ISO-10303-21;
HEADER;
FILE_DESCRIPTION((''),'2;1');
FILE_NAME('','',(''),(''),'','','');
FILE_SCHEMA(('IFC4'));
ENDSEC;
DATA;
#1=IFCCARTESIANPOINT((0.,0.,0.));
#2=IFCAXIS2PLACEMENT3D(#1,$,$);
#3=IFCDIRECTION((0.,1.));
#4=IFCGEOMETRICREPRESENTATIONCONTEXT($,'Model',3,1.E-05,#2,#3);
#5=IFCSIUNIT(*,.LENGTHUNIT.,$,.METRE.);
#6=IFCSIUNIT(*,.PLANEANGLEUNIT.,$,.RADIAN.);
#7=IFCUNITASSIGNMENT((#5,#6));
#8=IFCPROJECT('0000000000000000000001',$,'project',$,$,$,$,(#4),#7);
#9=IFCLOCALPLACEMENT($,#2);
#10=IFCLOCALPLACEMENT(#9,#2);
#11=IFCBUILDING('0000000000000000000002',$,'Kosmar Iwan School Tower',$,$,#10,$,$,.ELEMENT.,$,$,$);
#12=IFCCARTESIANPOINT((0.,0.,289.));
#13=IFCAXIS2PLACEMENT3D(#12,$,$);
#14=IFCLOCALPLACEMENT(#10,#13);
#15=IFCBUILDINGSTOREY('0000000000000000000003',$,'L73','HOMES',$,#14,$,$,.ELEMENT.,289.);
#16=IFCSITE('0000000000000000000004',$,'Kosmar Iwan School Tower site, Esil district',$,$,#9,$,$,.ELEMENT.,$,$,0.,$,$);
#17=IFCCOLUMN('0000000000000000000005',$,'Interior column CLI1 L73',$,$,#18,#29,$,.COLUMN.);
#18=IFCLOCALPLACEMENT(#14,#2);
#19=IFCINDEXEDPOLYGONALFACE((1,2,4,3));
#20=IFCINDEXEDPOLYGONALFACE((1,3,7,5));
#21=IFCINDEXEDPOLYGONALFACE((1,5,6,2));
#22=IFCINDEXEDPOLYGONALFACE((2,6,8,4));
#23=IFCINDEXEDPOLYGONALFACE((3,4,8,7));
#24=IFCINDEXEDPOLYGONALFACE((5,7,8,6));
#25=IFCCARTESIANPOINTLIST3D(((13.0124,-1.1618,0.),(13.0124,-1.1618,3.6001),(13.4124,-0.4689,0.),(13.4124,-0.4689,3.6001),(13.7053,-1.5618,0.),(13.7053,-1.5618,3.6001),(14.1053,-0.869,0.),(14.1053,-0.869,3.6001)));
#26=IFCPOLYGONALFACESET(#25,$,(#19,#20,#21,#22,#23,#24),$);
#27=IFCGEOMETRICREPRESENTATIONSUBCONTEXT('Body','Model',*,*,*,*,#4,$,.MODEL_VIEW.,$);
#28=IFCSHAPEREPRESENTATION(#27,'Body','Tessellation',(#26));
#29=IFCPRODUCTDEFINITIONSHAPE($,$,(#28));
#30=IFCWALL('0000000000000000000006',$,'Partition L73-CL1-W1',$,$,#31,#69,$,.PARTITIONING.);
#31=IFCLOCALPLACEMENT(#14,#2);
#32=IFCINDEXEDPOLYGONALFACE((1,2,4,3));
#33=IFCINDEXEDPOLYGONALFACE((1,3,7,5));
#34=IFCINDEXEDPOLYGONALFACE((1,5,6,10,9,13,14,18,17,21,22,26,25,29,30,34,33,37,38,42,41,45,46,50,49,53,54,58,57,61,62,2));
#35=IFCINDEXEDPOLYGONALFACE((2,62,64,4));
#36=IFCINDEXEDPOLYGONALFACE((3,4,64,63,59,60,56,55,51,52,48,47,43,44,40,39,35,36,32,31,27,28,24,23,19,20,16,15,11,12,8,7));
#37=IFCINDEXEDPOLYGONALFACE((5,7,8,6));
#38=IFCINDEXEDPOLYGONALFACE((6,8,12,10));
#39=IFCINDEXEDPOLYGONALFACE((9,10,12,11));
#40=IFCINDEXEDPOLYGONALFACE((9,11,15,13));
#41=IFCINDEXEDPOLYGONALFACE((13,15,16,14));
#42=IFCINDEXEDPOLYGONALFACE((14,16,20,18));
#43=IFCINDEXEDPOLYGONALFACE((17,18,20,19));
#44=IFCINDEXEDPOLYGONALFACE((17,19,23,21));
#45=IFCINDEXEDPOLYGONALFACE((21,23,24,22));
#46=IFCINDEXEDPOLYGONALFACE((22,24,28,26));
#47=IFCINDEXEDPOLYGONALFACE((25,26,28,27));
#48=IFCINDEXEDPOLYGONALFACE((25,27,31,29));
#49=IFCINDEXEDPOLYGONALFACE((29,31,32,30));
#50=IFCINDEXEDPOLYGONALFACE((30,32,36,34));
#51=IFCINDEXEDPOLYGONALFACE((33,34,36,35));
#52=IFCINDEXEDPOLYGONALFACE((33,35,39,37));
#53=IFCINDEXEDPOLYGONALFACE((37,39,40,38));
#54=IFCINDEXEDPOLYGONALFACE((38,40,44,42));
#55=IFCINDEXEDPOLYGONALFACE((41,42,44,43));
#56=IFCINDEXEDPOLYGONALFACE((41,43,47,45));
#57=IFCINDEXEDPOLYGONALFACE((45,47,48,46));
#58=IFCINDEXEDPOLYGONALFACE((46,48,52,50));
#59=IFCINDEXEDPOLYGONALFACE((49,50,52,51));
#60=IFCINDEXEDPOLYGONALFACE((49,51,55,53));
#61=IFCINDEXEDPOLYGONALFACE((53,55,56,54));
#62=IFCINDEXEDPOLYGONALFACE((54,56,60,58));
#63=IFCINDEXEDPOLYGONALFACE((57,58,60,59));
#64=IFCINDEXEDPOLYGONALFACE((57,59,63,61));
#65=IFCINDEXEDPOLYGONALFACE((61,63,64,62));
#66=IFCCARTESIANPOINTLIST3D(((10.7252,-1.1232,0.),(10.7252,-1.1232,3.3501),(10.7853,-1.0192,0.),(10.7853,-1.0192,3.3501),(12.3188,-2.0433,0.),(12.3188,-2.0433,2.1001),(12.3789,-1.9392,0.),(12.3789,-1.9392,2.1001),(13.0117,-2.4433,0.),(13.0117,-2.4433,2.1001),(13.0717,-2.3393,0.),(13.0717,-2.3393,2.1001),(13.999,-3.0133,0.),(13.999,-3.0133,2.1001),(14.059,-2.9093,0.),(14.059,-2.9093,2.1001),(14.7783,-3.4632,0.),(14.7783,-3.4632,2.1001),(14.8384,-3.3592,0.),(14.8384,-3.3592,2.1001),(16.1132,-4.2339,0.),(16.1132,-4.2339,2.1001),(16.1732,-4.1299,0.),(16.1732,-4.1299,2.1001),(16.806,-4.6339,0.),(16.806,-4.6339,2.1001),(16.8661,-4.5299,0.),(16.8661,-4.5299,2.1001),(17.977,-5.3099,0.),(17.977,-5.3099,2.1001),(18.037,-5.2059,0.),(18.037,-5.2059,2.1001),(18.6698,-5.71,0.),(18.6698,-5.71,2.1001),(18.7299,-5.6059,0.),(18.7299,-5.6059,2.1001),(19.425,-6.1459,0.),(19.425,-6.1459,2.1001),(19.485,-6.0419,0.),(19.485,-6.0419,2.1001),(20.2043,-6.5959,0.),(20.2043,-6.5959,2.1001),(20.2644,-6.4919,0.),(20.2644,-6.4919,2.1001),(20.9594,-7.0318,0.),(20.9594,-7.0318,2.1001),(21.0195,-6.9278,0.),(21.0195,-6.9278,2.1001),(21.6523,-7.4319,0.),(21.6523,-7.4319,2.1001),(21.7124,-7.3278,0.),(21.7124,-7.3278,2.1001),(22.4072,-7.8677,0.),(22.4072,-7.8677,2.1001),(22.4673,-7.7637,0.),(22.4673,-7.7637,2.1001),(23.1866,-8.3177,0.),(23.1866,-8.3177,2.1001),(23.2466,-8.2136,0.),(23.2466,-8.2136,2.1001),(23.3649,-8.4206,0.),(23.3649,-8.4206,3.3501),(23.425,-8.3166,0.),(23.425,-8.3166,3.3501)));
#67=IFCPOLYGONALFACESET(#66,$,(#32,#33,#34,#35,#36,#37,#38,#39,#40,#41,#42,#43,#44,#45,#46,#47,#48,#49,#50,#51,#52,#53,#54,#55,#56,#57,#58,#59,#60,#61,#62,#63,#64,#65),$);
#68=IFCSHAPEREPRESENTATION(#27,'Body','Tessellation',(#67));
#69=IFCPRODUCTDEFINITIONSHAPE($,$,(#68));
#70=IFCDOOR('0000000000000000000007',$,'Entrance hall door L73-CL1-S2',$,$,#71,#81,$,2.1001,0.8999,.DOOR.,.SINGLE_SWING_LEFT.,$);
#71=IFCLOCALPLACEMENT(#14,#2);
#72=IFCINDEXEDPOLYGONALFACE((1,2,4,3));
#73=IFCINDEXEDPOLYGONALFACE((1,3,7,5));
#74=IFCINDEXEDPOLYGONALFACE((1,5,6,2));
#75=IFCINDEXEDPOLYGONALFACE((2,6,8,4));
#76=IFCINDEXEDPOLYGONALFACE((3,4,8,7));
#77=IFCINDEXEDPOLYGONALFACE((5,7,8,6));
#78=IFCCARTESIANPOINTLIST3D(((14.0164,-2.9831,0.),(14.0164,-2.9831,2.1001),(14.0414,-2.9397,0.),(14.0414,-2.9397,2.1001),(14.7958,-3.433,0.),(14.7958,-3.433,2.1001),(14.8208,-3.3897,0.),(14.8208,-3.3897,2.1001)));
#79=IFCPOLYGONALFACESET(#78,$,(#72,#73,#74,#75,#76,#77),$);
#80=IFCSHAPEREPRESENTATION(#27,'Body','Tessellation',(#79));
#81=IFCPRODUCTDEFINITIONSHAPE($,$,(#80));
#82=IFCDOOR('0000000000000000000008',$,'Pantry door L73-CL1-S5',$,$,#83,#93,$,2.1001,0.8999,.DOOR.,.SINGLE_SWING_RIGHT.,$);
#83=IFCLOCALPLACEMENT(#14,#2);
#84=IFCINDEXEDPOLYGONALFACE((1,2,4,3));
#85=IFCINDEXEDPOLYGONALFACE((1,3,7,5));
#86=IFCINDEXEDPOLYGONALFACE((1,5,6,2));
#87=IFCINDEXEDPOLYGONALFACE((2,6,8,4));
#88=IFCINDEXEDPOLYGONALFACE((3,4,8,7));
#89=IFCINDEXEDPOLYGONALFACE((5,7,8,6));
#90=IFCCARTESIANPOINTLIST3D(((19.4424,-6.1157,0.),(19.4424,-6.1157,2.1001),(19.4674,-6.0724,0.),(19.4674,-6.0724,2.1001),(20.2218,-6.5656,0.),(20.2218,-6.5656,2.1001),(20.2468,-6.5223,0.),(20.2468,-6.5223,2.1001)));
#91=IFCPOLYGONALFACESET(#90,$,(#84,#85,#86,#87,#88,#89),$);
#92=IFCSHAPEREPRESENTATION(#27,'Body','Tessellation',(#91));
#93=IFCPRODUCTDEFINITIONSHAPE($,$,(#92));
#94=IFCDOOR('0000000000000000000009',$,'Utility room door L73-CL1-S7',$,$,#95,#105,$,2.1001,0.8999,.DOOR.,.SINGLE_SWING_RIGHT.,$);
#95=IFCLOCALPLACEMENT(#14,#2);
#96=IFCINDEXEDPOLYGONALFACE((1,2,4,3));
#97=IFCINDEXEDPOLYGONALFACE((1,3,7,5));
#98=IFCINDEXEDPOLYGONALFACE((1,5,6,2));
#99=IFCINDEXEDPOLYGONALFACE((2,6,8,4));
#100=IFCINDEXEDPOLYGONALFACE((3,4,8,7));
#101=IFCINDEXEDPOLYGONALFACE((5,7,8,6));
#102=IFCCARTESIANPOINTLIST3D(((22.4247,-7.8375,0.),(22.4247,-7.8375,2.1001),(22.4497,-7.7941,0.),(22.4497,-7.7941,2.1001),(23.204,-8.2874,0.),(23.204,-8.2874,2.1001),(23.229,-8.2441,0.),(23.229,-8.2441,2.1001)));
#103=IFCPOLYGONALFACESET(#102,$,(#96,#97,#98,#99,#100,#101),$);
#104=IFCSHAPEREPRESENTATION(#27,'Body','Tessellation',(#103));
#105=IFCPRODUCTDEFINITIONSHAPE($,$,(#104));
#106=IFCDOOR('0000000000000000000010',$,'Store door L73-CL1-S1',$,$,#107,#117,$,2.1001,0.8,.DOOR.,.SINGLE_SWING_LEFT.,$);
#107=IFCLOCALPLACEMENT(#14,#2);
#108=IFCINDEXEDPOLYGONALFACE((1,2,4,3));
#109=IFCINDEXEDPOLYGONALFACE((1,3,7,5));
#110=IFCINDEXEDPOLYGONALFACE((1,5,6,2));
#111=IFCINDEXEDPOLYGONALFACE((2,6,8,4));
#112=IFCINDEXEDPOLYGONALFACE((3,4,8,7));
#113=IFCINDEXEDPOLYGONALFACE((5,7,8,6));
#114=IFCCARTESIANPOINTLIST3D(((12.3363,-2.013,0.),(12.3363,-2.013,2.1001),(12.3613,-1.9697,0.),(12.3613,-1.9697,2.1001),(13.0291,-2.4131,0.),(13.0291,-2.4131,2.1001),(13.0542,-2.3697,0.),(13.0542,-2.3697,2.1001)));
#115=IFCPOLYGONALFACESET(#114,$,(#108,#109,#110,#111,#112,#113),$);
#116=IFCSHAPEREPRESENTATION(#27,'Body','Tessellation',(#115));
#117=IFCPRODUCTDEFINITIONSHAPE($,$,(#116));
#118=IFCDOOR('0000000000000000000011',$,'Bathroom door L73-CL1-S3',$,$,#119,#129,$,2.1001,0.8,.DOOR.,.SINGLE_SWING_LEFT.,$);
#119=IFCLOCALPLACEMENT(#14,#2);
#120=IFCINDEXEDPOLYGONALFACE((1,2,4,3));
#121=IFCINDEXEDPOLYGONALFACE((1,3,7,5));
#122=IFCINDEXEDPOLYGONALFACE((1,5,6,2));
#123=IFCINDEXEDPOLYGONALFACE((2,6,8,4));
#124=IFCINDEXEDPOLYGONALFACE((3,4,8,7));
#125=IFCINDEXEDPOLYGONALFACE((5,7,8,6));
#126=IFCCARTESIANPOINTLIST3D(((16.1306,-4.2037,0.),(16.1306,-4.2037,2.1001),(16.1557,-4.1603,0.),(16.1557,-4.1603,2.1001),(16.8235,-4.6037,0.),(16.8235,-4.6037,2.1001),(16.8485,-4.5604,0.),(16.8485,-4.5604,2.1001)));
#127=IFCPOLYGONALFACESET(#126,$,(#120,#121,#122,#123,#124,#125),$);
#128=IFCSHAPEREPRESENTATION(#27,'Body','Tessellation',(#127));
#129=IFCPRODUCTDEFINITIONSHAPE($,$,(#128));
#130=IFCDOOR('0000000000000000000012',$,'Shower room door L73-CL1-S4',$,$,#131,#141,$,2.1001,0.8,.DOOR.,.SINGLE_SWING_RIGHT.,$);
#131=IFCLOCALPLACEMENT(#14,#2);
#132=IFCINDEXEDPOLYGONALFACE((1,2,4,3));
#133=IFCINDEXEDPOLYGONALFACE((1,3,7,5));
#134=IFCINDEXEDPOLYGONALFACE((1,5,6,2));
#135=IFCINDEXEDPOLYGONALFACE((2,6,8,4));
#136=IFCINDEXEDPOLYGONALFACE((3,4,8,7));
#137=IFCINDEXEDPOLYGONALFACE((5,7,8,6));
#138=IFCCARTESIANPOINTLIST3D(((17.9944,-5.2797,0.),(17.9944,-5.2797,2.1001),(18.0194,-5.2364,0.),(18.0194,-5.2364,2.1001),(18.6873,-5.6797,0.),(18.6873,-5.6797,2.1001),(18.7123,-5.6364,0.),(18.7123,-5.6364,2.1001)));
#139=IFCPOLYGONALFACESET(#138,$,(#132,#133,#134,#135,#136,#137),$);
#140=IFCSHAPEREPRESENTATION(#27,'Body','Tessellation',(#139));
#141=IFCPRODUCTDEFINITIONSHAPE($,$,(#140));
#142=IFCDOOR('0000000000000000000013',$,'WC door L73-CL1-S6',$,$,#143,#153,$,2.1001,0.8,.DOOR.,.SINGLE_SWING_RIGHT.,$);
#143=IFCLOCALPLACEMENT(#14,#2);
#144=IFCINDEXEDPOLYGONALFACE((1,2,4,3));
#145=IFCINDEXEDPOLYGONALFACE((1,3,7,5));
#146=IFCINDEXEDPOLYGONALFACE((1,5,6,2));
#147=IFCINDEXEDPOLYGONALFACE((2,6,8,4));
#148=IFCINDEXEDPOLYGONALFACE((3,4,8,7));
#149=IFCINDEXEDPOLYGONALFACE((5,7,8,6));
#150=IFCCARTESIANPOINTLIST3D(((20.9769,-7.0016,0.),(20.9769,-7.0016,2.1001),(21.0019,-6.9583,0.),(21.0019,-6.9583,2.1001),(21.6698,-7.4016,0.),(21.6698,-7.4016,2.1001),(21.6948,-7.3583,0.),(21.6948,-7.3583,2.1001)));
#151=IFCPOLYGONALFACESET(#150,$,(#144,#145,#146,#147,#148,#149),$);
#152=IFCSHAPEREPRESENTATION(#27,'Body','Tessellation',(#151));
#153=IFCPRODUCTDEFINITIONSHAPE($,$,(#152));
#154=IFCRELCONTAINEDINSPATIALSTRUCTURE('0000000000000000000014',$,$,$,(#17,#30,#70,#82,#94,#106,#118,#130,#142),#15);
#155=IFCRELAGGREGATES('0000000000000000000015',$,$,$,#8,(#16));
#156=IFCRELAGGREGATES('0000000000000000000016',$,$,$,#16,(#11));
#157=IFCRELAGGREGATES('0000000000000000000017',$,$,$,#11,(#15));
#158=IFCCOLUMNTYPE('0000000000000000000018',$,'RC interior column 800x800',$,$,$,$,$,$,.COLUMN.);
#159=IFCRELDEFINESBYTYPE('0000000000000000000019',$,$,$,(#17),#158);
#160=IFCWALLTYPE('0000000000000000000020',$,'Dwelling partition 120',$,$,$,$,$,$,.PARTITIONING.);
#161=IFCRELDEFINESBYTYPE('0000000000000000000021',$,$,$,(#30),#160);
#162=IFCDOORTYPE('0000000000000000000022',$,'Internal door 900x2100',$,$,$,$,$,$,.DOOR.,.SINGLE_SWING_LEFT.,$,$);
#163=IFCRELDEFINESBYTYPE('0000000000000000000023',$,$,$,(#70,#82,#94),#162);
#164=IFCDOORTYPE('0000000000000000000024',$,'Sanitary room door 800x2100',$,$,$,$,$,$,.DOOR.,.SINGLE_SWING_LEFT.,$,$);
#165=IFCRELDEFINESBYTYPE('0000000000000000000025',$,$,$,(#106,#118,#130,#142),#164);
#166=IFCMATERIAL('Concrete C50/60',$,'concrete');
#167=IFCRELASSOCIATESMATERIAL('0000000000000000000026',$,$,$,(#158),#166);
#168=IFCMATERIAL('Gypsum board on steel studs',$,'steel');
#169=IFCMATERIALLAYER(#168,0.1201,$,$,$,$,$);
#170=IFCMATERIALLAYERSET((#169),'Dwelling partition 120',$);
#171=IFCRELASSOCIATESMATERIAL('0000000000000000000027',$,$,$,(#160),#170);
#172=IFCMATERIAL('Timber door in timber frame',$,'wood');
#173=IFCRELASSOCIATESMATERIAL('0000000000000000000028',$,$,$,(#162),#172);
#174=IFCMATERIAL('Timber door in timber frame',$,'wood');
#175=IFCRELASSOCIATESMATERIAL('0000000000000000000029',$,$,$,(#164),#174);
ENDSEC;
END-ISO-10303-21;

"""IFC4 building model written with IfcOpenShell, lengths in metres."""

from ifc_helpers import new_model, si_unit, direction, frame, frame_2d, origin, origin_2d, place, context, subcontext, project, spatial, rectangle, extrude, material, layer, layer_set, material_profile, profile_set, type_object, element, fill, save


model = new_model("IFC4")

# Units and contexts
model_context = context("Model", 3, precision=1e-05, world=origin(), true_north=direction((0.0, 1.0)))
body_context = subcontext(model_context, "Body", "Model", "MODEL_VIEW")
ifc_project = project(units=[si_unit("LENGTHUNIT", "METRE"), si_unit("PLANEANGLEUNIT", "RADIAN")], contexts=[model_context])

# Site, building, storey
site_placement = place(None, origin())
site = spatial("IfcSite", under=ifc_project, at=site_placement, Name="Kosmar Iwan School Tower site, Esil district", CompositionType="ELEMENT", RefElevation=0.0)
building_placement = place(site_placement, origin())
building = spatial("IfcBuilding", under=site, at=building_placement, Name="Kosmar Iwan School Tower", CompositionType="ELEMENT")
storey_placement = place(building_placement, frame((0.0, 0.0, 289.0)))
storey = spatial("IfcBuildingStorey", under=building, at=storey_placement, Name="L73", Description="HOMES", CompositionType="ELEMENT", Elevation=289.0)

# Column
ifc_material_1 = material(Name="Concrete C50/60", Category="concrete")
ifc_material_profile = material_profile(ifc_material_1, rectangle(XDim=0.8, YDim=0.8, at=origin_2d()), Name="RC 800x800")
ifc_profile_set = profile_set([ifc_material_profile], Name="Concrete C50/60")
column_type = type_object("IfcColumnType", Name="RC interior column 800x800", PredefinedType="COLUMN", material=ifc_profile_set)
column_placement = place(storey_placement, frame((13.5588, -1.0154, 0.0), z_axis=(0.0, 0.0, 1.0), x_axis=(0.866025, -0.5, 0.0)))
element("IfcColumn", 1, at=column_placement, inside=storey, type_object=column_type, Name="Interior column CLI1 L73", PredefinedType="COLUMN", context=body_context, shape_type="SweptSolid", body=[
    extrude(rectangle(XDim=0.8, YDim=0.8, at=origin_2d()), origin(), (0.0, 0.0, 1.0), 3.6001),
])

# Wall, openings, doors
ifc_material_2 = material(Name="Gypsum board on steel studs", Category="steel")
ifc_layer = layer(ifc_material_2, 0.1201)
ifc_layer_set = layer_set([ifc_layer], Name="Dwelling partition 120")
wall_type = type_object("IfcWallType", Name="Dwelling partition 120", PredefinedType="PARTITIONING", material=ifc_layer_set)
wall_placement = place(storey_placement, frame((10.7554, -1.0713, 0.0), z_axis=(0.0, 0.0, 1.0), x_axis=(0.86603, -0.499993, 0.0)))
wall = element("IfcWall", 2, at=wall_placement, inside=storey, type_object=wall_type, Name="Partition L73-CL1-W1", PredefinedType="PARTITIONING", context=body_context, shape_type="SweptSolid", body=[
    extrude(rectangle(XDim=14.595, YDim=0.1201, at=frame_2d((7.2974, 0.0))), origin(), (0.0, 0.0, 1.0), 3.3501),
])
opening_1_placement = place(wall_placement, frame((1.8401, 0.0, 0.0)))
opening_1 = element("IfcOpeningElement", 3, at=opening_1_placement, cuts=wall, PredefinedType="OPENING", context=body_context, shape_type="SweptSolid", body=[
    extrude(rectangle(XDim=0.8, YDim=2.1001, at=frame_2d((0.3999, 1.05))), frame((0.0, 0.072, 0.0), z_axis=(0.0, -1.0, 0.0), x_axis=(1.0, 0.0, 0.0)), (0.0, 0.0, 1.0), 0.144),
])
opening_2_placement = place(wall_placement, frame((3.78, 0.0, 0.0)))
opening_2 = element("IfcOpeningElement", 4, at=opening_2_placement, cuts=wall, PredefinedType="OPENING", context=body_context, shape_type="SweptSolid", body=[
    extrude(rectangle(XDim=0.8999, YDim=2.1001, at=frame_2d((0.45, 1.05))), frame((0.0, 0.072, 0.0), z_axis=(0.0, -1.0, 0.0), x_axis=(1.0, 0.0, 0.0)), (0.0, 0.0, 1.0), 0.144),
])
opening_3_placement = place(wall_placement, frame((6.2214, 0.0, 0.0)))
opening_3 = element("IfcOpeningElement", 5, at=opening_3_placement, cuts=wall, PredefinedType="OPENING", context=body_context, shape_type="SweptSolid", body=[
    extrude(rectangle(XDim=0.8, YDim=2.1001, at=frame_2d((0.3999, 1.05))), frame((0.0, 0.072, 0.0), z_axis=(0.0, -1.0, 0.0), x_axis=(1.0, 0.0, 0.0)), (0.0, 0.0, 1.0), 0.144),
])
opening_4_placement = place(wall_placement, frame((8.3735, 0.0, 0.0)))
opening_4 = element("IfcOpeningElement", 6, at=opening_4_placement, cuts=wall, PredefinedType="OPENING", context=body_context, shape_type="SweptSolid", body=[
    extrude(rectangle(XDim=0.8, YDim=2.1001, at=frame_2d((0.3999, 1.05))), frame((0.0, 0.072, 0.0), z_axis=(0.0, -1.0, 0.0), x_axis=(1.0, 0.0, 0.0)), (0.0, 0.0, 1.0), 0.144),
])
opening_5_placement = place(wall_placement, frame((10.0454, 0.0, 0.0)))
opening_5 = element("IfcOpeningElement", 7, at=opening_5_placement, cuts=wall, PredefinedType="OPENING", context=body_context, shape_type="SweptSolid", body=[
    extrude(rectangle(XDim=0.8999, YDim=2.1001, at=frame_2d((0.45, 1.05))), frame((0.0, 0.072, 0.0), z_axis=(0.0, -1.0, 0.0), x_axis=(1.0, 0.0, 0.0)), (0.0, 0.0, 1.0), 0.144),
])
opening_6_placement = place(wall_placement, frame((11.8174, 0.0, 0.0)))
opening_6 = element("IfcOpeningElement", 8, at=opening_6_placement, cuts=wall, PredefinedType="OPENING", context=body_context, shape_type="SweptSolid", body=[
    extrude(rectangle(XDim=0.8, YDim=2.1001, at=frame_2d((0.3999, 1.05))), frame((0.0, 0.072, 0.0), z_axis=(0.0, -1.0, 0.0), x_axis=(1.0, 0.0, 0.0)), (0.0, 0.0, 1.0), 0.144),
])
opening_7_placement = place(wall_placement, frame((13.489, 0.0, 0.0)))
opening_7 = element("IfcOpeningElement", 9, at=opening_7_placement, cuts=wall, PredefinedType="OPENING", context=body_context, shape_type="SweptSolid", body=[
    extrude(rectangle(XDim=0.8999, YDim=2.1001, at=frame_2d((0.45, 1.05))), frame((0.0, 0.072, 0.0), z_axis=(0.0, -1.0, 0.0), x_axis=(1.0, 0.0, 0.0)), (0.0, 0.0, 1.0), 0.144),
])
ifc_material_3 = material(Name="Timber door in timber frame", Category="wood")
door_type_1 = type_object("IfcDoorType", Name="Internal door 900x2100", OperationType="SINGLE_SWING_LEFT", PredefinedType="DOOR", material=ifc_material_3)
door_1_placement = place(opening_2_placement, origin())
door_1 = element("IfcDoor", 10, at=door_1_placement, inside=storey, type_object=door_type_1, Name="Entrance hall door L73-CL1-S2", OperationType="SINGLE_SWING_LEFT", OverallHeight=2.1001, OverallWidth=0.8999, PredefinedType="DOOR", context=body_context, shape_type="SweptSolid", body=[
    extrude(rectangle(XDim=0.8999, YDim=2.1001, at=frame_2d((0.45, 1.05))), frame((0.0, 0.0249, 0.0), z_axis=(0.0, -1.0, 0.0), x_axis=(1.0, 0.0, 0.0)), (0.0, 0.0, 1.0), 0.05),
])
fill(opening_2, door_1)
door_2_placement = place(opening_5_placement, origin())
door_2 = element("IfcDoor", 11, at=door_2_placement, inside=storey, type_object=door_type_1, Name="Pantry door L73-CL1-S5", OperationType="SINGLE_SWING_RIGHT", OverallHeight=2.1001, OverallWidth=0.8999, PredefinedType="DOOR", context=body_context, shape_type="SweptSolid", body=[
    extrude(rectangle(XDim=0.8999, YDim=2.1001, at=frame_2d((0.45, 1.05))), frame((0.0, 0.0249, 0.0), z_axis=(0.0, -1.0, 0.0), x_axis=(1.0, 0.0, 0.0)), (0.0, 0.0, 1.0), 0.05),
])
fill(opening_5, door_2)
door_3_placement = place(opening_7_placement, origin())
door_3 = element("IfcDoor", 12, at=door_3_placement, inside=storey, type_object=door_type_1, Name="Utility room door L73-CL1-S7", OperationType="SINGLE_SWING_RIGHT", OverallHeight=2.1001, OverallWidth=0.8999, PredefinedType="DOOR", context=body_context, shape_type="SweptSolid", body=[
    extrude(rectangle(XDim=0.8999, YDim=2.1001, at=frame_2d((0.45, 1.05))), frame((0.0, 0.0249, 0.0), z_axis=(0.0, -1.0, 0.0), x_axis=(1.0, 0.0, 0.0)), (0.0, 0.0, 1.0), 0.05),
])
fill(opening_7, door_3)
ifc_material_4 = material(Name="Timber door in timber frame", Category="wood")
door_type_2 = type_object("IfcDoorType", Name="Sanitary room door 800x2100", OperationType="SINGLE_SWING_LEFT", PredefinedType="DOOR", material=ifc_material_4)
door_4_placement = place(opening_1_placement, origin())
door_4 = element("IfcDoor", 13, at=door_4_placement, inside=storey, type_object=door_type_2, Name="Store door L73-CL1-S1", OperationType="SINGLE_SWING_LEFT", OverallHeight=2.1001, OverallWidth=0.8, PredefinedType="DOOR", context=body_context, shape_type="SweptSolid", body=[
    extrude(rectangle(XDim=0.8, YDim=2.1001, at=frame_2d((0.3999, 1.05))), frame((0.0, 0.0249, 0.0), z_axis=(0.0, -1.0, 0.0), x_axis=(1.0, 0.0, 0.0)), (0.0, 0.0, 1.0), 0.05),
])
fill(opening_1, door_4)
door_5_placement = place(opening_3_placement, origin())
door_5 = element("IfcDoor", 14, at=door_5_placement, inside=storey, type_object=door_type_2, Name="Bathroom door L73-CL1-S3", OperationType="SINGLE_SWING_LEFT", OverallHeight=2.1001, OverallWidth=0.8, PredefinedType="DOOR", context=body_context, shape_type="SweptSolid", body=[
    extrude(rectangle(XDim=0.8, YDim=2.1001, at=frame_2d((0.3999, 1.05))), frame((0.0, 0.0249, 0.0), z_axis=(0.0, -1.0, 0.0), x_axis=(1.0, 0.0, 0.0)), (0.0, 0.0, 1.0), 0.05),
])
fill(opening_3, door_5)
door_6_placement = place(opening_4_placement, origin())
door_6 = element("IfcDoor", 15, at=door_6_placement, inside=storey, type_object=door_type_2, Name="Shower room door L73-CL1-S4", OperationType="SINGLE_SWING_RIGHT", OverallHeight=2.1001, OverallWidth=0.8, PredefinedType="DOOR", context=body_context, shape_type="SweptSolid", body=[
    extrude(rectangle(XDim=0.8, YDim=2.1001, at=frame_2d((0.3999, 1.05))), frame((0.0, 0.0249, 0.0), z_axis=(0.0, -1.0, 0.0), x_axis=(1.0, 0.0, 0.0)), (0.0, 0.0, 1.0), 0.05),
])
fill(opening_4, door_6)
door_7_placement = place(opening_6_placement, origin())
door_7 = element("IfcDoor", 16, at=door_7_placement, inside=storey, type_object=door_type_2, Name="WC door L73-CL1-S6", OperationType="SINGLE_SWING_RIGHT", OverallHeight=2.1001, OverallWidth=0.8, PredefinedType="DOOR", context=body_context, shape_type="SweptSolid", body=[
    extrude(rectangle(XDim=0.8, YDim=2.1001, at=frame_2d((0.3999, 1.05))), frame((0.0, 0.0249, 0.0), z_axis=(0.0, -1.0, 0.0), x_axis=(1.0, 0.0, 0.0)), (0.0, 0.0, 1.0), 0.05),
])
fill(opening_6, door_7)

save(model, "model.ifc")
